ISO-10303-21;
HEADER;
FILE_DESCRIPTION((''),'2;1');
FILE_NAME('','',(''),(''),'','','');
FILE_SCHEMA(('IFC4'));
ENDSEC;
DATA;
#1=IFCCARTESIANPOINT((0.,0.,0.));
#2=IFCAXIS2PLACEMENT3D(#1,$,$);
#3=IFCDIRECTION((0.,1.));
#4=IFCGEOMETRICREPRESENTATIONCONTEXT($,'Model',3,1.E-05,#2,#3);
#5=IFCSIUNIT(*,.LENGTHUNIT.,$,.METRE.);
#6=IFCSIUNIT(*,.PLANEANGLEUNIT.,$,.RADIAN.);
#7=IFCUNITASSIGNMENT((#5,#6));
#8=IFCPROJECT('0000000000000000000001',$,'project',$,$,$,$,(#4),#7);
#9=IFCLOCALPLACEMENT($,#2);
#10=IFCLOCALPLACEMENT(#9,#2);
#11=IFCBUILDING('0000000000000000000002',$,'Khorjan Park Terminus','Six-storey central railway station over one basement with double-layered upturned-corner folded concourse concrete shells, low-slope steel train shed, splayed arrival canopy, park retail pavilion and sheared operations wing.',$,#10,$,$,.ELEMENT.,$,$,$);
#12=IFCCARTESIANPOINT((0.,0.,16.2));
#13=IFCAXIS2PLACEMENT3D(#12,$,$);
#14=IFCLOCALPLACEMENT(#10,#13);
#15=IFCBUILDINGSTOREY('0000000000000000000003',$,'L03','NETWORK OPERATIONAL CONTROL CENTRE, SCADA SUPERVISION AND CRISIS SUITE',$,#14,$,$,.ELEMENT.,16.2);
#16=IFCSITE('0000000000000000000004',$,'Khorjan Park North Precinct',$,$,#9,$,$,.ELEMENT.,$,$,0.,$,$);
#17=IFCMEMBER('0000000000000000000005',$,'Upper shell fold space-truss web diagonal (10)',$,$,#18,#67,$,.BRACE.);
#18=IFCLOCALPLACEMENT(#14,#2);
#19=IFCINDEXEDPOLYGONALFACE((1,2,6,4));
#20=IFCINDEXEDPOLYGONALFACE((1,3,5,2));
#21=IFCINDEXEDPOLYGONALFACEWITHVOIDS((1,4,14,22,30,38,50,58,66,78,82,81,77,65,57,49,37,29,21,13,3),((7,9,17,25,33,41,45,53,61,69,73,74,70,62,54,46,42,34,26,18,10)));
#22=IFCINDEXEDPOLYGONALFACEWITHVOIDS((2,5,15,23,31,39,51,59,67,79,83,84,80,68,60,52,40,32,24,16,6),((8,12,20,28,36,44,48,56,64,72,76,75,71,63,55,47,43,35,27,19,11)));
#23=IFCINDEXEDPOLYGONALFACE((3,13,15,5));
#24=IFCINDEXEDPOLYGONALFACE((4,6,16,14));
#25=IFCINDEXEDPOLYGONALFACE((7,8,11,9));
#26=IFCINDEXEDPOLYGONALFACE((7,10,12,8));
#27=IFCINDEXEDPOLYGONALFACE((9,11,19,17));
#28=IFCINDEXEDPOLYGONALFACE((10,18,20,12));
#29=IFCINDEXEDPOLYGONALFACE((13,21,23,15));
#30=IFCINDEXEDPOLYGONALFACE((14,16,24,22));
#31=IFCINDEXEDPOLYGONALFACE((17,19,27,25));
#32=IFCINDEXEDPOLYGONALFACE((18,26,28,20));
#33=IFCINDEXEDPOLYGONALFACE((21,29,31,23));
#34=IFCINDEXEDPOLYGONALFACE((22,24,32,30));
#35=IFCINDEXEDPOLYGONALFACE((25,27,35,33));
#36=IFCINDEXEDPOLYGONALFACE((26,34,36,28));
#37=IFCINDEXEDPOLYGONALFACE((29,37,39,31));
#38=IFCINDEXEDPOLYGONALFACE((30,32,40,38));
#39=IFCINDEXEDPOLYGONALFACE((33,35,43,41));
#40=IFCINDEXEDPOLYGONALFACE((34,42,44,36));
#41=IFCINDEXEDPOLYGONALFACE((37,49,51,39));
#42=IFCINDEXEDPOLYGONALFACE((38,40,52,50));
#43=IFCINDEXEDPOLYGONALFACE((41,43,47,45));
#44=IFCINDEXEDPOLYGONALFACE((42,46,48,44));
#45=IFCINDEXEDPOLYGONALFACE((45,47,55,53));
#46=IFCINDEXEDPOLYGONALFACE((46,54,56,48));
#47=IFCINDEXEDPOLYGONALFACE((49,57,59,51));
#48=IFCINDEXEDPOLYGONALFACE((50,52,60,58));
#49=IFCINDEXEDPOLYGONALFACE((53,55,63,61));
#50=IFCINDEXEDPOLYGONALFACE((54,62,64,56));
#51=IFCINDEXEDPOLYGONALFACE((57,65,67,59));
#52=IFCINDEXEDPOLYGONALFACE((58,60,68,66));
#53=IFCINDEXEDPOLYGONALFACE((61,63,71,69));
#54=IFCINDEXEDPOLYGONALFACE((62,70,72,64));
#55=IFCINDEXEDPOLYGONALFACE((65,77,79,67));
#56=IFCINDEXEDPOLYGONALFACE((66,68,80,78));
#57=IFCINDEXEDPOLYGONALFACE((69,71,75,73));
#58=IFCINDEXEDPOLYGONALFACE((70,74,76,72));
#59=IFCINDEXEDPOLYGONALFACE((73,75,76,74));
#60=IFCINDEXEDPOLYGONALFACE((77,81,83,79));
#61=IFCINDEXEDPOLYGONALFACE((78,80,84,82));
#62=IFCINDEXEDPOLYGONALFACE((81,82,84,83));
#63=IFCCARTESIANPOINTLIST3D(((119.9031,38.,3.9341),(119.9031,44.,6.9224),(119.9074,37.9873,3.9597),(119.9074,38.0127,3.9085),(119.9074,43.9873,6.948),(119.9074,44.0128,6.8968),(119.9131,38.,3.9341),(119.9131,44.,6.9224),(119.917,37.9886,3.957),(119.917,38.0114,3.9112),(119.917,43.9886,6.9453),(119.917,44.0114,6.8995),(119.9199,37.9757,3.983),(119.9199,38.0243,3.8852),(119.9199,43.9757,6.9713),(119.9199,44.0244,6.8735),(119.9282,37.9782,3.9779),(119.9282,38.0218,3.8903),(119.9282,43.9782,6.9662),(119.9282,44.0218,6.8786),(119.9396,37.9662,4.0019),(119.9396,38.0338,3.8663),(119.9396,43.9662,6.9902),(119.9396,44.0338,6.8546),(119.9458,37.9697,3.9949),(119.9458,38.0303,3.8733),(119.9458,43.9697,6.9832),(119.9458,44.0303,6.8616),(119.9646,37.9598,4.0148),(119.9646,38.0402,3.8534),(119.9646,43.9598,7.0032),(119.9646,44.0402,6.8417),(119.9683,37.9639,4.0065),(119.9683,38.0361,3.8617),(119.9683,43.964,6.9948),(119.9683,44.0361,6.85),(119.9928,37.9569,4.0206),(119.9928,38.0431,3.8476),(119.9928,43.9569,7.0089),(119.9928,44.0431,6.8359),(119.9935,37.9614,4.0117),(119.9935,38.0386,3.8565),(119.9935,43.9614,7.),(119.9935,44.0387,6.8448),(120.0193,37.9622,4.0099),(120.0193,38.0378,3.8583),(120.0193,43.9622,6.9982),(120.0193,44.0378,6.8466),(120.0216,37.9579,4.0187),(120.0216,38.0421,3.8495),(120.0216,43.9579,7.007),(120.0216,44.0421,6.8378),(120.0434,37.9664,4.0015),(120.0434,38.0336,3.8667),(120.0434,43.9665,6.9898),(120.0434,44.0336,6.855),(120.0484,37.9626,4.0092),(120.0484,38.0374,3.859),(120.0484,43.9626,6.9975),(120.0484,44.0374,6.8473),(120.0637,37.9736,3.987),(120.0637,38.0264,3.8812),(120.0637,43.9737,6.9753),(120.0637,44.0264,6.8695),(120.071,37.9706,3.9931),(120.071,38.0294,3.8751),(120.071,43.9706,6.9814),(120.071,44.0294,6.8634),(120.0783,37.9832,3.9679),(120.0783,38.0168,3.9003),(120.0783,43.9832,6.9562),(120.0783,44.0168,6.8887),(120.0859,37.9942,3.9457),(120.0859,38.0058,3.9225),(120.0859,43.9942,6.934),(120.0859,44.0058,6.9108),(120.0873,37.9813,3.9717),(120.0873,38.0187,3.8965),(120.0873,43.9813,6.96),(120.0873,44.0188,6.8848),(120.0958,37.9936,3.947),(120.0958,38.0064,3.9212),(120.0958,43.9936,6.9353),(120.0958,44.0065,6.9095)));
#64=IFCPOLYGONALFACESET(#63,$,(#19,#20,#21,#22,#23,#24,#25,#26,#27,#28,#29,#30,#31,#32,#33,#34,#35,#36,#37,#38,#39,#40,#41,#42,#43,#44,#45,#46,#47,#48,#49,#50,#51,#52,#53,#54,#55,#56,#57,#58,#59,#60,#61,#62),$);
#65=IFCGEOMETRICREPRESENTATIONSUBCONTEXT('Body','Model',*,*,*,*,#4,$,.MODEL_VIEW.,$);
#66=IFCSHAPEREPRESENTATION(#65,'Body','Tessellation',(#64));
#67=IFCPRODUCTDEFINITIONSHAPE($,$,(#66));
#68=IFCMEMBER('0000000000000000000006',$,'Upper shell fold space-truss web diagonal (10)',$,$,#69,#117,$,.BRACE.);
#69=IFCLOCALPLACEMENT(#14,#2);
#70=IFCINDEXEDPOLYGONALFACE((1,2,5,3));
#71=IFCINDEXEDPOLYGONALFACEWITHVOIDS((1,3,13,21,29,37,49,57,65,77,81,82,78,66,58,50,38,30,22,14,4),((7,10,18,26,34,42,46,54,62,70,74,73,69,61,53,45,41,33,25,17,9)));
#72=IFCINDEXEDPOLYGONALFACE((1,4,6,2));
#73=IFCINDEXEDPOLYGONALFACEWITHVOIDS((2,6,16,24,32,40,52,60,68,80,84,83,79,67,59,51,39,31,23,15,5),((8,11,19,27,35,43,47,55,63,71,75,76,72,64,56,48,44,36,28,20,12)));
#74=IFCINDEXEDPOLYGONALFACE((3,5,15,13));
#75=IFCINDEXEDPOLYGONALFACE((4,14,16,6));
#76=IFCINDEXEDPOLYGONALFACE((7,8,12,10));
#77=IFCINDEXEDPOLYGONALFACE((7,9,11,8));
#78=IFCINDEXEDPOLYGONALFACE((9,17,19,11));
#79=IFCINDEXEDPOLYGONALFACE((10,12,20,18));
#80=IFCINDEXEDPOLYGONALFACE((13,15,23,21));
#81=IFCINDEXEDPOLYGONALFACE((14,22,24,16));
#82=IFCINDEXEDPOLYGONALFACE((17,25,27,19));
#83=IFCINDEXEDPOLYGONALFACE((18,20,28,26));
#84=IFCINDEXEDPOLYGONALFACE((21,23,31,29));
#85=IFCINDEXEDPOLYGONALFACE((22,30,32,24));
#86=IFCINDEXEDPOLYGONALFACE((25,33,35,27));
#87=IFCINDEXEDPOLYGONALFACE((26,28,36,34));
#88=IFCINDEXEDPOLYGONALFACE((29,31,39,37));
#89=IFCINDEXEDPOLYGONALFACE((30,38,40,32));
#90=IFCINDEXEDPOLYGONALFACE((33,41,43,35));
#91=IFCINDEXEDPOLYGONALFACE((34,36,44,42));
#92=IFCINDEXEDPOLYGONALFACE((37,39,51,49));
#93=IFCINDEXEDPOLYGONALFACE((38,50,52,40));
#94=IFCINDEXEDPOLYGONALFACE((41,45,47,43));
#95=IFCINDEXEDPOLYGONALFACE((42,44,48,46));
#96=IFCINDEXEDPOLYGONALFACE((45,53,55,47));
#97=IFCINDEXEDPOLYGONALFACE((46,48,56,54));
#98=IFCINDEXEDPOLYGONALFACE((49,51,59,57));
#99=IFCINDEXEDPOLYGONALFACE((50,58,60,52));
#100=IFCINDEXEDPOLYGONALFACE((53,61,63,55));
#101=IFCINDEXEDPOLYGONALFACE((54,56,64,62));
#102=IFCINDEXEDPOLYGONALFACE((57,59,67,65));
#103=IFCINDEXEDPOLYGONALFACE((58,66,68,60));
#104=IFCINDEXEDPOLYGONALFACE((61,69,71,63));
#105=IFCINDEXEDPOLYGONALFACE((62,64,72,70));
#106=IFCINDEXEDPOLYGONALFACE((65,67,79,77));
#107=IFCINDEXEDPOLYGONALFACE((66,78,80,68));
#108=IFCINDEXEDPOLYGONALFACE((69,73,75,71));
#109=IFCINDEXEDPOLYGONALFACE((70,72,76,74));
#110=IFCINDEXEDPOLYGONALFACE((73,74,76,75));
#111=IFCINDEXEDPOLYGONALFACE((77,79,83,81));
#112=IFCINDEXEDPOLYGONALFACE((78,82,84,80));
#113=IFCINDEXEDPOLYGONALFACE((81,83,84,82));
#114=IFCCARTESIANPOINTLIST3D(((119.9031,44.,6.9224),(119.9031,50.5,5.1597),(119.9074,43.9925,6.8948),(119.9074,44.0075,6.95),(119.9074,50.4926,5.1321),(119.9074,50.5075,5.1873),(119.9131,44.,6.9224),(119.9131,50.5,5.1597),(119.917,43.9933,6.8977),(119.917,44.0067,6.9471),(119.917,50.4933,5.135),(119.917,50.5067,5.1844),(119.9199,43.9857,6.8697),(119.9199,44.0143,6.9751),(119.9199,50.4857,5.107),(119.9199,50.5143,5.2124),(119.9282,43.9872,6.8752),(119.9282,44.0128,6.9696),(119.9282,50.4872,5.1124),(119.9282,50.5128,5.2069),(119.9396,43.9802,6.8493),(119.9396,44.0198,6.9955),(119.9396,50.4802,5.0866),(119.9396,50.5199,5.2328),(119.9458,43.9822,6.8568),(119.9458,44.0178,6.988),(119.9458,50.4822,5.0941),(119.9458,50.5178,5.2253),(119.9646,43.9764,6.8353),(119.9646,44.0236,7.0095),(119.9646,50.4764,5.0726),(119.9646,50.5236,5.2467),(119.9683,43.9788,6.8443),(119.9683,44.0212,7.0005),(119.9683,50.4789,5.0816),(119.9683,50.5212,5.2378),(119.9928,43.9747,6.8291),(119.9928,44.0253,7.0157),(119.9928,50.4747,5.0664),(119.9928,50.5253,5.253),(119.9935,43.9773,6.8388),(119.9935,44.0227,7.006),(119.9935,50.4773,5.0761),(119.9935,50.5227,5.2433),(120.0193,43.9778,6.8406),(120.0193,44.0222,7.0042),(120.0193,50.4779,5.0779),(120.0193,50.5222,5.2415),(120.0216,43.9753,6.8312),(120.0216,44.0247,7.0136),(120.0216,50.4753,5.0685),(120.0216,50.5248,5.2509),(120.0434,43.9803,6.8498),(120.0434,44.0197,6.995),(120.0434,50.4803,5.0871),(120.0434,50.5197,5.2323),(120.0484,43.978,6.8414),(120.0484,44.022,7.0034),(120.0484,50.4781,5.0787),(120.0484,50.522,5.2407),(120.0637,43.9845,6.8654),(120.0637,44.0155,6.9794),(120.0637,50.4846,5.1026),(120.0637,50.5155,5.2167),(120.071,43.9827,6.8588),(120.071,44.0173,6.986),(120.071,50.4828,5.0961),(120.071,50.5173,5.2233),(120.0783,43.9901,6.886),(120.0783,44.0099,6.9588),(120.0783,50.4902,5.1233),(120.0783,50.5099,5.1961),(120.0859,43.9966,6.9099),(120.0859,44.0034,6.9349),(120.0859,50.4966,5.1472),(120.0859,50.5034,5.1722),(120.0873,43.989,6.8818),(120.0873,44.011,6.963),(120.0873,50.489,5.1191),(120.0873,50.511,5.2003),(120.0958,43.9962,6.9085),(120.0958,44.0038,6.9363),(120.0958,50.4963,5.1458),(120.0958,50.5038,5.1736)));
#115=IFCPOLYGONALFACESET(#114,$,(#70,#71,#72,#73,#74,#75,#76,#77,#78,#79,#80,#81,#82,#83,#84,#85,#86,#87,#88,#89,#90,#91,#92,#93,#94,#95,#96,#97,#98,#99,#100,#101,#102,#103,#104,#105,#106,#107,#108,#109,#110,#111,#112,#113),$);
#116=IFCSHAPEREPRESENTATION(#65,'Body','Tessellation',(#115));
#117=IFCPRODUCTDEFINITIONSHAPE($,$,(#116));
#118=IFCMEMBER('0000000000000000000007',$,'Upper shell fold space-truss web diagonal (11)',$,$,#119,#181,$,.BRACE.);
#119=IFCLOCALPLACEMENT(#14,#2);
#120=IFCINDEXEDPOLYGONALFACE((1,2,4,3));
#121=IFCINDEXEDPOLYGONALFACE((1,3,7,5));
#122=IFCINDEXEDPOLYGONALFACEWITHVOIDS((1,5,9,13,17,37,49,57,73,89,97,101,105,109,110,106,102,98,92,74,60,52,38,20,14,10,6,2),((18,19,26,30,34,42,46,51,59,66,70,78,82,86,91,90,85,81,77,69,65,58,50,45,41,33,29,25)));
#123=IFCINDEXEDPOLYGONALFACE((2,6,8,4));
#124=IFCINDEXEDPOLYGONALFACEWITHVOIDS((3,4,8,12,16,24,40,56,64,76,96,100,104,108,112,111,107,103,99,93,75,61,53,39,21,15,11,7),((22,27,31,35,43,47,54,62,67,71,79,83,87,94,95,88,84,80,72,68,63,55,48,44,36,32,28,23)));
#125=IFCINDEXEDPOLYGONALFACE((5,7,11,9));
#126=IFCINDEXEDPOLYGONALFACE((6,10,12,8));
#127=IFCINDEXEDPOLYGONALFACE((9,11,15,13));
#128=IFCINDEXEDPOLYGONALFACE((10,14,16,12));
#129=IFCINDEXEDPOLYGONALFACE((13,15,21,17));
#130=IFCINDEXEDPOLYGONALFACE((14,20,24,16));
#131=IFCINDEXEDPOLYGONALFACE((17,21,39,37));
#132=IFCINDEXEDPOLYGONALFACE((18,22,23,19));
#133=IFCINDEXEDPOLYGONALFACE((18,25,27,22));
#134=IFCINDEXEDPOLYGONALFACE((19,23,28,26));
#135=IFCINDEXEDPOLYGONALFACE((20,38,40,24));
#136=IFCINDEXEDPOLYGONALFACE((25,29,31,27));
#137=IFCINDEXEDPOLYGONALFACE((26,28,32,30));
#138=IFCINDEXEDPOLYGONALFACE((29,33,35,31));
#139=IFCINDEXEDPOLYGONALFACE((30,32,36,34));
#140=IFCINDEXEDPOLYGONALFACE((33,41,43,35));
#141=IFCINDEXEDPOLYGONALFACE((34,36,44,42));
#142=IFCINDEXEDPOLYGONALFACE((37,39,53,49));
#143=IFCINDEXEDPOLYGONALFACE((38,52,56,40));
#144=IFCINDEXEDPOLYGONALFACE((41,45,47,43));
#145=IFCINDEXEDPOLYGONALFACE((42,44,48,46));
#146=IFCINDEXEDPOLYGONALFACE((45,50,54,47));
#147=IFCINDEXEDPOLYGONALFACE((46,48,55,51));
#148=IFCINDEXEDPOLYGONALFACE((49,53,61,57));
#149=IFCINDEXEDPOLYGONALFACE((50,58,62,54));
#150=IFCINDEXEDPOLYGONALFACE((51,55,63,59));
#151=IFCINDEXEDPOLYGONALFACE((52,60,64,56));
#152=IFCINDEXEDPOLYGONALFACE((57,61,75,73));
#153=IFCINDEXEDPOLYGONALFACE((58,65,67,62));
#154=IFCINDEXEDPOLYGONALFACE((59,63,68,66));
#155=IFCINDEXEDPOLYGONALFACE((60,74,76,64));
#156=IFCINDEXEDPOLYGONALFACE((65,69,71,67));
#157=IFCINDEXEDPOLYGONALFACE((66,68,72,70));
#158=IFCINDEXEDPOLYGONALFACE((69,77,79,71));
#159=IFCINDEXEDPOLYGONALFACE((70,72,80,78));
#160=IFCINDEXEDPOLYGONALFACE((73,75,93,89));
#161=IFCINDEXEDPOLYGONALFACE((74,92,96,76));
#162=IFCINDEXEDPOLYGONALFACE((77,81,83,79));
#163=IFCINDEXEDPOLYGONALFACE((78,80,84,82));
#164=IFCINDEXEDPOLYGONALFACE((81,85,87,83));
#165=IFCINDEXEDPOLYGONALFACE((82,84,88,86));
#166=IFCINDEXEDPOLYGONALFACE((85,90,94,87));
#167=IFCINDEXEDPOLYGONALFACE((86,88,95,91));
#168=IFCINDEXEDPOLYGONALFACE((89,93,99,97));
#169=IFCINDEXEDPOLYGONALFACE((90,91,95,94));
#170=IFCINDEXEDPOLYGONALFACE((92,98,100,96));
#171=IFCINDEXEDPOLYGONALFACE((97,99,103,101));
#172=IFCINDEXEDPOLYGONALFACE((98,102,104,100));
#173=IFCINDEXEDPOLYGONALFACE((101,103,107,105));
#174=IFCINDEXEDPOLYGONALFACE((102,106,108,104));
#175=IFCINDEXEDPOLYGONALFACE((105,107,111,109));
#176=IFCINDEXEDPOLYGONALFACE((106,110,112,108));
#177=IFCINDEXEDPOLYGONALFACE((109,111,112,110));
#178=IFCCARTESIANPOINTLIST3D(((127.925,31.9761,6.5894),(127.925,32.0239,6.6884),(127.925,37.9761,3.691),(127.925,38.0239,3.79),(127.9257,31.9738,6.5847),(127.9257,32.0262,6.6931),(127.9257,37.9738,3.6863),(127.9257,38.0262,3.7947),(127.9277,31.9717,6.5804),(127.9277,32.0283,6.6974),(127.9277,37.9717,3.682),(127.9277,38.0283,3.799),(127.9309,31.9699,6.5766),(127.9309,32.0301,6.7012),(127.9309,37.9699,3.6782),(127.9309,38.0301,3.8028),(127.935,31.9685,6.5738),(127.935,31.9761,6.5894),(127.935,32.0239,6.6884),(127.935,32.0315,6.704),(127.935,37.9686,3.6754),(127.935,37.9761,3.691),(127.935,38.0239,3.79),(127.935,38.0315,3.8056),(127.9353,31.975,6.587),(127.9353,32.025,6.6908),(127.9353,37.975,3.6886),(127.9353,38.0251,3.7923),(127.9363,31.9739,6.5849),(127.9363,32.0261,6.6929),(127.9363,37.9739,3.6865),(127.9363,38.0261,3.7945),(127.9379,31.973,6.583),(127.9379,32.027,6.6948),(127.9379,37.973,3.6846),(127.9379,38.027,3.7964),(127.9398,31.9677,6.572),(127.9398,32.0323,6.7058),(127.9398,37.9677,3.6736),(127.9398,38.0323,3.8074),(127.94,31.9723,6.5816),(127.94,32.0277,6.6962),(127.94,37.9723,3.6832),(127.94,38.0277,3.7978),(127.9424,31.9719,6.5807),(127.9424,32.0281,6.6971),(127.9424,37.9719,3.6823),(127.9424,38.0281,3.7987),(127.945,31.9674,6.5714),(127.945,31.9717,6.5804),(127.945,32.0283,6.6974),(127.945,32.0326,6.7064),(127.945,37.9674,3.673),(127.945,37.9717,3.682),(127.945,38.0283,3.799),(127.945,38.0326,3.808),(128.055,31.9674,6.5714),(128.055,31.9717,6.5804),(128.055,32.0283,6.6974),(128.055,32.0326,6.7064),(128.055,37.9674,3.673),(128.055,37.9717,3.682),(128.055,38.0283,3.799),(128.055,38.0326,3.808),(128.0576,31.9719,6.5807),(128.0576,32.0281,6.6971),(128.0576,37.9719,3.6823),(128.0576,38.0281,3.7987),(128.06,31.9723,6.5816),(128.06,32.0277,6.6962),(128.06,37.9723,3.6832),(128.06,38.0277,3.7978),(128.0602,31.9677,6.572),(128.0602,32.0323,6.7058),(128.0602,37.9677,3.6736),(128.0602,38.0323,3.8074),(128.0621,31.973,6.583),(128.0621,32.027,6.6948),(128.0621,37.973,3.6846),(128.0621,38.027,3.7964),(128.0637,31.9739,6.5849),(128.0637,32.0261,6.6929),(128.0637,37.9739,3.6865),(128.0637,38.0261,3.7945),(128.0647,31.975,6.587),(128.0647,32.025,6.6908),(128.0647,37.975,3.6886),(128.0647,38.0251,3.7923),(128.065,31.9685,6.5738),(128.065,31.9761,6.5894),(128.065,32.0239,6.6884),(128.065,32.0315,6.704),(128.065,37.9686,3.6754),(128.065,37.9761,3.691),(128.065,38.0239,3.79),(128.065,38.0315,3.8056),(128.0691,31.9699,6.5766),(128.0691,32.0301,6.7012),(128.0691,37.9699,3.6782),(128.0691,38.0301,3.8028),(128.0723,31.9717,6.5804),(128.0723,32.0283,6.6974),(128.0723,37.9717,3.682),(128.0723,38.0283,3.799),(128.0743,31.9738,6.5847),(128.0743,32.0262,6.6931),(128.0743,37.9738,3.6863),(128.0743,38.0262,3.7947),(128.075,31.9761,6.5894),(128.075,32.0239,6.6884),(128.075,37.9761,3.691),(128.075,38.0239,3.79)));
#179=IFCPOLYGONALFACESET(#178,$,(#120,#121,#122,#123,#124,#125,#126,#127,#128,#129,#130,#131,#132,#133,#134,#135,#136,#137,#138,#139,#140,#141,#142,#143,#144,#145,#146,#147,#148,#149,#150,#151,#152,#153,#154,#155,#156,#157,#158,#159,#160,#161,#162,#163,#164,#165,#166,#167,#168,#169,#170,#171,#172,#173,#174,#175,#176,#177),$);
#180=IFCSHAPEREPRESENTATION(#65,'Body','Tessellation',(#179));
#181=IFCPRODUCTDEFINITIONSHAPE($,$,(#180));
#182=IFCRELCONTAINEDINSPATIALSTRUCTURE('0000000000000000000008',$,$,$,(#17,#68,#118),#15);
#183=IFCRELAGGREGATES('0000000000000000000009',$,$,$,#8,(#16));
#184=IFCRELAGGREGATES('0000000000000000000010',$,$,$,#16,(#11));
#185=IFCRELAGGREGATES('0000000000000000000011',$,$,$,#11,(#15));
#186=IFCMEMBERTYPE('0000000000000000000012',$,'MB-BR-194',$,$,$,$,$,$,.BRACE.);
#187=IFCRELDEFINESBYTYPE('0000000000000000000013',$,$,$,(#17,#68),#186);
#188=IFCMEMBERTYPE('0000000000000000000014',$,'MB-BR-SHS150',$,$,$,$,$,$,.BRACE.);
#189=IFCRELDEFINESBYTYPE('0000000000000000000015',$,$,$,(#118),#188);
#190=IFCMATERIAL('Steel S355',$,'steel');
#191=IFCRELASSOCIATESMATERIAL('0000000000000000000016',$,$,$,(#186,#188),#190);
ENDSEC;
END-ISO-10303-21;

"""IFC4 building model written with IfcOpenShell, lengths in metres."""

from ifc_helpers import new_model, si_unit, direction, frame, origin, origin_2d, place, context, subcontext, project, spatial, hollow_rectangle, hollow_circle, extrude, material, material_profile, profile_set, type_object, element, save


model = new_model("IFC4")

# Units and contexts
model_context = context("Model", 3, precision=1e-05, world=origin(), true_north=direction((0.0, 1.0)))
body_context = subcontext(model_context, "Body", "Model", "MODEL_VIEW")
ifc_project = project(units=[si_unit("LENGTHUNIT", "METRE"), si_unit("PLANEANGLEUNIT", "RADIAN")], contexts=[model_context])

# Site, building, storey
site_placement = place(None, origin())
site = spatial("IfcSite", under=ifc_project, at=site_placement, Name="Khorjan Park North Precinct", CompositionType="ELEMENT", RefElevation=0.0)
building_placement = place(site_placement, origin())
building = spatial("IfcBuilding", under=site, at=building_placement, Name="Khorjan Park Terminus", Description="Six-storey central railway station over one basement with double-layered upturned-corner folded concourse concrete shells, low-slope steel train shed, splayed arrival canopy, park retail pavilion and sheared operations wing.", CompositionType="ELEMENT")
storey_placement = place(building_placement, frame((0.0, 0.0, 16.2)))
storey = spatial("IfcBuildingStorey", under=building, at=storey_placement, Name="L03", Description="NETWORK OPERATIONAL CONTROL CENTRE, SCADA SUPERVISION AND CRISIS SUITE", CompositionType="ELEMENT", Elevation=16.2)

# Members
ifc_material = material(Name="Steel S355", Category="steel")
ifc_material_profile_1 = material_profile(ifc_material, hollow_circle(Radius=0.0969, WallThickness=0.01, at=origin_2d()), Name="CHS 193.7x10")
ifc_profile_set_1 = profile_set([ifc_material_profile_1], Name="Steel S355")
member_type_1 = type_object("IfcMemberType", Name="MB-BR-194", PredefinedType="BRACE", material=ifc_profile_set_1)
member_1_placement = place(storey_placement, frame((120.0, 38.0, 3.9341), z_axis=(0.0, 0.895124, 0.445817), x_axis=(-1.0, 0.0, 0.0)))
element("IfcMember", 1, at=member_1_placement, inside=storey, type_object=member_type_1, Name="Upper shell fold space-truss web diagonal (10)", PredefinedType="BRACE", context=body_context, shape_type="SweptSolid", body=[
    extrude(hollow_circle(Radius=0.0969, WallThickness=0.01, at=origin_2d()), origin(), (0.0, 0.0, 1.0), 6.703),
])
member_2_placement = place(storey_placement, frame((120.0, 44.0, 6.9224), z_axis=(0.0, 0.965141, -0.261731), x_axis=(-1.0, 0.0, 0.0)))
element("IfcMember", 2, at=member_2_placement, inside=storey, type_object=member_type_1, Name="Upper shell fold space-truss web diagonal (10)", PredefinedType="BRACE", context=body_context, shape_type="SweptSolid", body=[
    extrude(hollow_circle(Radius=0.0969, WallThickness=0.01, at=origin_2d()), origin(), (0.0, 0.0, 1.0), 6.7348),
])
ifc_material_profile_2 = material_profile(ifc_material, hollow_rectangle(XDim=0.15, YDim=0.15, WallThickness=0.01, InnerFilletRadius=0.01, OuterFilletRadius=0.02, at=origin_2d()), Name="SHS 150x150x10")
ifc_profile_set_2 = profile_set([ifc_material_profile_2], Name="Steel S355")
member_type_2 = type_object("IfcMemberType", Name="MB-BR-SHS150", PredefinedType="BRACE", material=ifc_profile_set_2)
member_3_placement = place(storey_placement, frame((128.0, 32.0, 6.6389), z_axis=(0.0, 0.900443, -0.434974), x_axis=(-1.0, 0.0, 0.0)))
element("IfcMember", 3, at=member_3_placement, inside=storey, type_object=member_type_2, Name="Upper shell fold space-truss web diagonal (11)", PredefinedType="BRACE", context=body_context, shape_type="SweptSolid", body=[
    extrude(hollow_rectangle(XDim=0.15, YDim=0.15, WallThickness=0.01, InnerFilletRadius=0.01, OuterFilletRadius=0.02, at=origin_2d()), origin(), (0.0, 0.0, 1.0), 6.6634),
])

save(model, "model.ifc")
